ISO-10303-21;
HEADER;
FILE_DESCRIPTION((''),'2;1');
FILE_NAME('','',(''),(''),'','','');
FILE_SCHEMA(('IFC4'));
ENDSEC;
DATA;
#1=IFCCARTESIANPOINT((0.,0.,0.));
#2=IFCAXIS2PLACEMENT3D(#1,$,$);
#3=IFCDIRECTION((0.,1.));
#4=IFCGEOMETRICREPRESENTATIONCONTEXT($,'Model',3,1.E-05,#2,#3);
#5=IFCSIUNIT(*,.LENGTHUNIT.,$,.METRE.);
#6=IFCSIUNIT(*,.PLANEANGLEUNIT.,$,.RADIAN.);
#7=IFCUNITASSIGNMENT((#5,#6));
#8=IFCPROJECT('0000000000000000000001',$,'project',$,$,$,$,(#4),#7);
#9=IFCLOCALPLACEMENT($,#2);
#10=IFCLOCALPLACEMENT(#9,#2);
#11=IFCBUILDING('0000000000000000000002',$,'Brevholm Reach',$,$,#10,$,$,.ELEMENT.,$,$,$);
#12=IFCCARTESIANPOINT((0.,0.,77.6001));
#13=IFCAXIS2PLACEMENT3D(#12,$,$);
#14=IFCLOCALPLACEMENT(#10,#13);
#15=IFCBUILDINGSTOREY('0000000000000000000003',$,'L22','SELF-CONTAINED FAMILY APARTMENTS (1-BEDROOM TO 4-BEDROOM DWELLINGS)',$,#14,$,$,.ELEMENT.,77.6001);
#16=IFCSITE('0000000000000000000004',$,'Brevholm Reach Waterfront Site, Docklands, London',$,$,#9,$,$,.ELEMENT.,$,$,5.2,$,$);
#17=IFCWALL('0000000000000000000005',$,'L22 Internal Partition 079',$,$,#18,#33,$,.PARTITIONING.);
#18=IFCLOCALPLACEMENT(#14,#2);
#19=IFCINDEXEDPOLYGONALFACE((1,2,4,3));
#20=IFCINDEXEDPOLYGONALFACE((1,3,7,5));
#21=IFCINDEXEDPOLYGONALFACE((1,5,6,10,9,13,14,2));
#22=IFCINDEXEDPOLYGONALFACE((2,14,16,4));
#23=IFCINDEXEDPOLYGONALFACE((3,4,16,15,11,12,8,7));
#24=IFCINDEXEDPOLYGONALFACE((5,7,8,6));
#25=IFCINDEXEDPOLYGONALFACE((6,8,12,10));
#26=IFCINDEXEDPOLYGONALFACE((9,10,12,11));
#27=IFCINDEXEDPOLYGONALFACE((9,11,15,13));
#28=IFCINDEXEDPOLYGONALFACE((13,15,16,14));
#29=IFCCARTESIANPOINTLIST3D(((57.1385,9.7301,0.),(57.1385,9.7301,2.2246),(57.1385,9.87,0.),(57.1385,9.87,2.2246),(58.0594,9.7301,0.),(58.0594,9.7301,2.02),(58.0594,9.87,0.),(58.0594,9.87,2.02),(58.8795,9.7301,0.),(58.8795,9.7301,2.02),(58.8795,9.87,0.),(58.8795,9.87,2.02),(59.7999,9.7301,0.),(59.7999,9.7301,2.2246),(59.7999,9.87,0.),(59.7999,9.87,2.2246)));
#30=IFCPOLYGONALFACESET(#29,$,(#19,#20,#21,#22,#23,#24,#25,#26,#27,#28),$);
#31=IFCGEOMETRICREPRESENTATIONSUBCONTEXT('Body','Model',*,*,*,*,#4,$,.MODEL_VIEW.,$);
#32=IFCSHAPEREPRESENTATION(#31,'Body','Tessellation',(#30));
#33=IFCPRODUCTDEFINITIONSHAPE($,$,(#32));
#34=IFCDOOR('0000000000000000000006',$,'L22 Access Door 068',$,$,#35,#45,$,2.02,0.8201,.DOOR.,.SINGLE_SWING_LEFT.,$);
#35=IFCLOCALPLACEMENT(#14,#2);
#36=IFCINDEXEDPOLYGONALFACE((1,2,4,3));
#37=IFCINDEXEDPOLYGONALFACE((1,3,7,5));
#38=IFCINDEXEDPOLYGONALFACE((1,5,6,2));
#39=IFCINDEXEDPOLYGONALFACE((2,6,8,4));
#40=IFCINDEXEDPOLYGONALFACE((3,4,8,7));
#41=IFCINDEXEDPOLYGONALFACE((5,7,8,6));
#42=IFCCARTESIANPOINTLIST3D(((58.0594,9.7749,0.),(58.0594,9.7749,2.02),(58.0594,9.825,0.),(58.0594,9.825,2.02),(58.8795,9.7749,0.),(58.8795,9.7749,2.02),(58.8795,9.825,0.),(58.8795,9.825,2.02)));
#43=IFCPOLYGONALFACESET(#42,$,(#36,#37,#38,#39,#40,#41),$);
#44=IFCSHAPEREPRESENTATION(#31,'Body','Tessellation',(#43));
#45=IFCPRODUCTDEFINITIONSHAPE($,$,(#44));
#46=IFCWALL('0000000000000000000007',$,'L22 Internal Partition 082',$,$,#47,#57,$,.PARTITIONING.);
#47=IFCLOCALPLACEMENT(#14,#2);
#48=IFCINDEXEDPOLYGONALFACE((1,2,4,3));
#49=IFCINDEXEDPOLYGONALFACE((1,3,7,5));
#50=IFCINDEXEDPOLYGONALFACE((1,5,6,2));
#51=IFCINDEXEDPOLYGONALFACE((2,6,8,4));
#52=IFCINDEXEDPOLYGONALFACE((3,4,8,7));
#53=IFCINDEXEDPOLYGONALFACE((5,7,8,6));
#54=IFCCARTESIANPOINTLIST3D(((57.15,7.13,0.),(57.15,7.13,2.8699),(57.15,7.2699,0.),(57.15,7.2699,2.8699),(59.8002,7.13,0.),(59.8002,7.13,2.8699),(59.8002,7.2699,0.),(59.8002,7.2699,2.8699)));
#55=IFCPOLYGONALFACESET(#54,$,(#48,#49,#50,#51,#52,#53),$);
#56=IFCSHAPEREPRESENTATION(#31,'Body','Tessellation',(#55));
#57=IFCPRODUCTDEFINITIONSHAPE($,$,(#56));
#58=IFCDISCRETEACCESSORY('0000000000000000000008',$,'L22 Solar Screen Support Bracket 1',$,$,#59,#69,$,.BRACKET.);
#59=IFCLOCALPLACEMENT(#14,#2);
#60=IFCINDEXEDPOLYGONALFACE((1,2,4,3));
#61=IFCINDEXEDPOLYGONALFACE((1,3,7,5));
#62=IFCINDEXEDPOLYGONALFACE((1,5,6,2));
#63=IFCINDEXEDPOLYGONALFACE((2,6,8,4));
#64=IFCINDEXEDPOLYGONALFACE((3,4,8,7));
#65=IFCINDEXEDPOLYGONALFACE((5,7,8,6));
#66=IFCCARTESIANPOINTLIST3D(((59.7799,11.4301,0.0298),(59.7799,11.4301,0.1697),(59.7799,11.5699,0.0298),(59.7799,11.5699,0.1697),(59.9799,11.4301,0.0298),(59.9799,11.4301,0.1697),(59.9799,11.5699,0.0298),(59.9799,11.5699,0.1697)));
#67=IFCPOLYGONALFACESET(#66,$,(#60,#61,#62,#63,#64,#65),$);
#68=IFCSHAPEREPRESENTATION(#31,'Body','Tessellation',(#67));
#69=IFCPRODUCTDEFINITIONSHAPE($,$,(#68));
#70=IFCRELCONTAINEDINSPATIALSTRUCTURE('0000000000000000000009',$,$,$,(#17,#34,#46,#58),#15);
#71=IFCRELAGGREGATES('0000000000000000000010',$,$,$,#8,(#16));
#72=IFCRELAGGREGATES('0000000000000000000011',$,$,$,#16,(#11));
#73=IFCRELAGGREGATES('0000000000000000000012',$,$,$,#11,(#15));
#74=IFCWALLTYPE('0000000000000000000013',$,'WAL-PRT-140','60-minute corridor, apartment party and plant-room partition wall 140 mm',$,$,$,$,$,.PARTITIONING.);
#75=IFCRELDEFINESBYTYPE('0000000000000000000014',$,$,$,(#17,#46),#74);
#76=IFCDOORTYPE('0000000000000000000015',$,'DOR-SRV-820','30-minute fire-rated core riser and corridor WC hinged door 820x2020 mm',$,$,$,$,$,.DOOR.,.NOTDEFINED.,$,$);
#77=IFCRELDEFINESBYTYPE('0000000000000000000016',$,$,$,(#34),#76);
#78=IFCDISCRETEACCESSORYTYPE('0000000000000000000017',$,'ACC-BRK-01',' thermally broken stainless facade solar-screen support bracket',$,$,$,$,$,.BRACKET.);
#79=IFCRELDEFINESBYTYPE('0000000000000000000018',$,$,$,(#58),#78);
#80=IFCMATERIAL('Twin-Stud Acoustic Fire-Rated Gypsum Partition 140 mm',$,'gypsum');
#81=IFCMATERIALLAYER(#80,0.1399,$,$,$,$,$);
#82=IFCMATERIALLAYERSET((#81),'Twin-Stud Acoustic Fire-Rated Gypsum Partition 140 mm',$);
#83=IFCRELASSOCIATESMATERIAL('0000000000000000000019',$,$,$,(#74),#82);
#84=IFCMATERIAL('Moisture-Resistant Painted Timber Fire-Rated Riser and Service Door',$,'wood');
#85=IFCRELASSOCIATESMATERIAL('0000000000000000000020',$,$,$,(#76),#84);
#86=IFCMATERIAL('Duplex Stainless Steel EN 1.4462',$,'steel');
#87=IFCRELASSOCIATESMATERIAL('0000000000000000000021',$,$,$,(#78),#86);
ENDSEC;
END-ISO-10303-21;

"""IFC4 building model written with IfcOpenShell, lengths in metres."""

from ifc_helpers import new_model, si_unit, direction, frame, frame_2d, origin, origin_2d, place, context, subcontext, project, spatial, rectangle, extrude, material, layer, layer_set, type_object, element, fill, save


model = new_model("IFC4")

# Units and contexts
model_context = context("Model", 3, precision=1e-05, world=origin(), true_north=direction((0.0, 1.0)))
body_context = subcontext(model_context, "Body", "Model", "MODEL_VIEW")
ifc_project = project(units=[si_unit("LENGTHUNIT", "METRE"), si_unit("PLANEANGLEUNIT", "RADIAN")], contexts=[model_context])

# Site, building, storey
site_placement = place(None, origin())
site = spatial("IfcSite", under=ifc_project, at=site_placement, Name="Brevholm Reach Waterfront Site, Docklands, London", CompositionType="ELEMENT", RefElevation=5.2)
building_placement = place(site_placement, origin())
building = spatial("IfcBuilding", under=site, at=building_placement, Name="Brevholm Reach", CompositionType="ELEMENT")
storey_placement = place(building_placement, frame((0.0, 0.0, 77.6001)))
storey = spatial("IfcBuildingStorey", under=building, at=storey_placement, Name="L22", Description="SELF-CONTAINED FAMILY APARTMENTS (1-BEDROOM TO 4-BEDROOM DWELLINGS)", CompositionType="ELEMENT", Elevation=77.6001)

# Wall, opening, door
ifc_material_1 = material(Name="Twin-Stud Acoustic Fire-Rated Gypsum Partition 140 mm", Category="gypsum")
ifc_layer_1 = layer(ifc_material_1, 0.1399)
ifc_layer_set_1 = layer_set([ifc_layer_1], Name="Twin-Stud Acoustic Fire-Rated Gypsum Partition 140 mm")
wall_type_1 = type_object("IfcWallType", Name="WAL-PRT-140", Description="60-minute corridor, apartment party and plant-room partition wall 140 mm", PredefinedType="PARTITIONING", material=ifc_layer_set_1)
wall_1_placement = place(storey_placement, frame((57.1387, 9.8, 0.0), z_axis=(0.0, 0.0, 1.0), x_axis=(1.0, 0.0, 0.0)))
wall_1 = element("IfcWall", 1, at=wall_1_placement, inside=storey, type_object=wall_type_1, Name="L22 Internal Partition 079", PredefinedType="PARTITIONING", context=body_context, shape_type="SweptSolid", body=[
    extrude(rectangle(XDim=2.6614, YDim=0.1399, at=frame_2d((1.3306, 0.0))), origin(), (0.0, 0.0, 1.0), 2.2246),
])
opening_1_placement = place(wall_1_placement, frame((0.9207, 0.0, 0.0)))
opening_1 = element("IfcOpeningElement", 2, at=opening_1_placement, cuts=wall_1, PredefinedType="OPENING", context=body_context, shape_type="SweptSolid", body=[
    extrude(rectangle(XDim=0.8201, YDim=2.02, at=frame_2d((0.4102, 1.01))), frame((0.0, 0.0798, 0.0), z_axis=(0.0, -1.0, 0.0), x_axis=(1.0, 0.0, 0.0)), (0.0, 0.0, 1.0), 0.1599),
])
ifc_material_2 = material(Name="Moisture-Resistant Painted Timber Fire-Rated Riser and Service Door", Category="wood")
door_type_1 = type_object("IfcDoorType", Name="DOR-SRV-820", Description="30-minute fire-rated core riser and corridor WC hinged door 820x2020 mm", OperationType="NOTDEFINED", PredefinedType="DOOR", material=ifc_material_2)
door_1_placement = place(opening_1_placement, origin())
door_1 = element("IfcDoor", 3, at=door_1_placement, inside=storey, type_object=door_type_1, Name="L22 Access Door 068", OperationType="SINGLE_SWING_LEFT", OverallHeight=2.02, OverallWidth=0.8201, PredefinedType="DOOR", context=body_context, shape_type="SweptSolid", body=[
    extrude(rectangle(XDim=0.8201, YDim=2.02, at=frame_2d((0.4102, 1.01))), frame((0.0, 0.0249, 0.0), z_axis=(0.0, -1.0, 0.0), x_axis=(1.0, 0.0, 0.0)), (0.0, 0.0, 1.0), 0.05),
])
fill(opening_1, door_1)

# Wall
wall_2_placement = place(storey_placement, frame((57.1499, 7.2, 0.0), z_axis=(0.0, 0.0, 1.0), x_axis=(1.0, 0.0, 0.0)))
element("IfcWall", 4, at=wall_2_placement, inside=storey, type_object=wall_type_1, Name="L22 Internal Partition 082", PredefinedType="PARTITIONING", context=body_context, shape_type="SweptSolid", body=[
    extrude(rectangle(XDim=2.6501, YDim=0.1399, at=frame_2d((1.3252, 0.0))), origin(), (0.0, 0.0, 1.0), 2.8699),
])

# Discrete accessory
ifc_material_3 = material(Name="Duplex Stainless Steel EN 1.4462", Category="steel")
discrete_accessory_type = type_object("IfcDiscreteAccessoryType", Name="ACC-BRK-01", Description=" thermally broken stainless facade solar-screen support bracket", PredefinedType="BRACKET", material=ifc_material_3)
discrete_accessory_placement = place(storey_placement, frame((59.8799, 11.5, 0.0298), z_axis=(0.0, 0.0, 1.0), x_axis=(1.0, 0.0, 0.0)))
element("IfcDiscreteAccessory", 5, at=discrete_accessory_placement, inside=storey, type_object=discrete_accessory_type, Name="L22 Solar Screen Support Bracket 1", PredefinedType="BRACKET", context=body_context, shape_type="SweptSolid", body=[
    extrude(rectangle(XDim=0.2, YDim=0.1399, at=origin_2d()), origin(), (0.0, 0.0, 1.0), 0.1399),
])

save(model, "model.ifc")
